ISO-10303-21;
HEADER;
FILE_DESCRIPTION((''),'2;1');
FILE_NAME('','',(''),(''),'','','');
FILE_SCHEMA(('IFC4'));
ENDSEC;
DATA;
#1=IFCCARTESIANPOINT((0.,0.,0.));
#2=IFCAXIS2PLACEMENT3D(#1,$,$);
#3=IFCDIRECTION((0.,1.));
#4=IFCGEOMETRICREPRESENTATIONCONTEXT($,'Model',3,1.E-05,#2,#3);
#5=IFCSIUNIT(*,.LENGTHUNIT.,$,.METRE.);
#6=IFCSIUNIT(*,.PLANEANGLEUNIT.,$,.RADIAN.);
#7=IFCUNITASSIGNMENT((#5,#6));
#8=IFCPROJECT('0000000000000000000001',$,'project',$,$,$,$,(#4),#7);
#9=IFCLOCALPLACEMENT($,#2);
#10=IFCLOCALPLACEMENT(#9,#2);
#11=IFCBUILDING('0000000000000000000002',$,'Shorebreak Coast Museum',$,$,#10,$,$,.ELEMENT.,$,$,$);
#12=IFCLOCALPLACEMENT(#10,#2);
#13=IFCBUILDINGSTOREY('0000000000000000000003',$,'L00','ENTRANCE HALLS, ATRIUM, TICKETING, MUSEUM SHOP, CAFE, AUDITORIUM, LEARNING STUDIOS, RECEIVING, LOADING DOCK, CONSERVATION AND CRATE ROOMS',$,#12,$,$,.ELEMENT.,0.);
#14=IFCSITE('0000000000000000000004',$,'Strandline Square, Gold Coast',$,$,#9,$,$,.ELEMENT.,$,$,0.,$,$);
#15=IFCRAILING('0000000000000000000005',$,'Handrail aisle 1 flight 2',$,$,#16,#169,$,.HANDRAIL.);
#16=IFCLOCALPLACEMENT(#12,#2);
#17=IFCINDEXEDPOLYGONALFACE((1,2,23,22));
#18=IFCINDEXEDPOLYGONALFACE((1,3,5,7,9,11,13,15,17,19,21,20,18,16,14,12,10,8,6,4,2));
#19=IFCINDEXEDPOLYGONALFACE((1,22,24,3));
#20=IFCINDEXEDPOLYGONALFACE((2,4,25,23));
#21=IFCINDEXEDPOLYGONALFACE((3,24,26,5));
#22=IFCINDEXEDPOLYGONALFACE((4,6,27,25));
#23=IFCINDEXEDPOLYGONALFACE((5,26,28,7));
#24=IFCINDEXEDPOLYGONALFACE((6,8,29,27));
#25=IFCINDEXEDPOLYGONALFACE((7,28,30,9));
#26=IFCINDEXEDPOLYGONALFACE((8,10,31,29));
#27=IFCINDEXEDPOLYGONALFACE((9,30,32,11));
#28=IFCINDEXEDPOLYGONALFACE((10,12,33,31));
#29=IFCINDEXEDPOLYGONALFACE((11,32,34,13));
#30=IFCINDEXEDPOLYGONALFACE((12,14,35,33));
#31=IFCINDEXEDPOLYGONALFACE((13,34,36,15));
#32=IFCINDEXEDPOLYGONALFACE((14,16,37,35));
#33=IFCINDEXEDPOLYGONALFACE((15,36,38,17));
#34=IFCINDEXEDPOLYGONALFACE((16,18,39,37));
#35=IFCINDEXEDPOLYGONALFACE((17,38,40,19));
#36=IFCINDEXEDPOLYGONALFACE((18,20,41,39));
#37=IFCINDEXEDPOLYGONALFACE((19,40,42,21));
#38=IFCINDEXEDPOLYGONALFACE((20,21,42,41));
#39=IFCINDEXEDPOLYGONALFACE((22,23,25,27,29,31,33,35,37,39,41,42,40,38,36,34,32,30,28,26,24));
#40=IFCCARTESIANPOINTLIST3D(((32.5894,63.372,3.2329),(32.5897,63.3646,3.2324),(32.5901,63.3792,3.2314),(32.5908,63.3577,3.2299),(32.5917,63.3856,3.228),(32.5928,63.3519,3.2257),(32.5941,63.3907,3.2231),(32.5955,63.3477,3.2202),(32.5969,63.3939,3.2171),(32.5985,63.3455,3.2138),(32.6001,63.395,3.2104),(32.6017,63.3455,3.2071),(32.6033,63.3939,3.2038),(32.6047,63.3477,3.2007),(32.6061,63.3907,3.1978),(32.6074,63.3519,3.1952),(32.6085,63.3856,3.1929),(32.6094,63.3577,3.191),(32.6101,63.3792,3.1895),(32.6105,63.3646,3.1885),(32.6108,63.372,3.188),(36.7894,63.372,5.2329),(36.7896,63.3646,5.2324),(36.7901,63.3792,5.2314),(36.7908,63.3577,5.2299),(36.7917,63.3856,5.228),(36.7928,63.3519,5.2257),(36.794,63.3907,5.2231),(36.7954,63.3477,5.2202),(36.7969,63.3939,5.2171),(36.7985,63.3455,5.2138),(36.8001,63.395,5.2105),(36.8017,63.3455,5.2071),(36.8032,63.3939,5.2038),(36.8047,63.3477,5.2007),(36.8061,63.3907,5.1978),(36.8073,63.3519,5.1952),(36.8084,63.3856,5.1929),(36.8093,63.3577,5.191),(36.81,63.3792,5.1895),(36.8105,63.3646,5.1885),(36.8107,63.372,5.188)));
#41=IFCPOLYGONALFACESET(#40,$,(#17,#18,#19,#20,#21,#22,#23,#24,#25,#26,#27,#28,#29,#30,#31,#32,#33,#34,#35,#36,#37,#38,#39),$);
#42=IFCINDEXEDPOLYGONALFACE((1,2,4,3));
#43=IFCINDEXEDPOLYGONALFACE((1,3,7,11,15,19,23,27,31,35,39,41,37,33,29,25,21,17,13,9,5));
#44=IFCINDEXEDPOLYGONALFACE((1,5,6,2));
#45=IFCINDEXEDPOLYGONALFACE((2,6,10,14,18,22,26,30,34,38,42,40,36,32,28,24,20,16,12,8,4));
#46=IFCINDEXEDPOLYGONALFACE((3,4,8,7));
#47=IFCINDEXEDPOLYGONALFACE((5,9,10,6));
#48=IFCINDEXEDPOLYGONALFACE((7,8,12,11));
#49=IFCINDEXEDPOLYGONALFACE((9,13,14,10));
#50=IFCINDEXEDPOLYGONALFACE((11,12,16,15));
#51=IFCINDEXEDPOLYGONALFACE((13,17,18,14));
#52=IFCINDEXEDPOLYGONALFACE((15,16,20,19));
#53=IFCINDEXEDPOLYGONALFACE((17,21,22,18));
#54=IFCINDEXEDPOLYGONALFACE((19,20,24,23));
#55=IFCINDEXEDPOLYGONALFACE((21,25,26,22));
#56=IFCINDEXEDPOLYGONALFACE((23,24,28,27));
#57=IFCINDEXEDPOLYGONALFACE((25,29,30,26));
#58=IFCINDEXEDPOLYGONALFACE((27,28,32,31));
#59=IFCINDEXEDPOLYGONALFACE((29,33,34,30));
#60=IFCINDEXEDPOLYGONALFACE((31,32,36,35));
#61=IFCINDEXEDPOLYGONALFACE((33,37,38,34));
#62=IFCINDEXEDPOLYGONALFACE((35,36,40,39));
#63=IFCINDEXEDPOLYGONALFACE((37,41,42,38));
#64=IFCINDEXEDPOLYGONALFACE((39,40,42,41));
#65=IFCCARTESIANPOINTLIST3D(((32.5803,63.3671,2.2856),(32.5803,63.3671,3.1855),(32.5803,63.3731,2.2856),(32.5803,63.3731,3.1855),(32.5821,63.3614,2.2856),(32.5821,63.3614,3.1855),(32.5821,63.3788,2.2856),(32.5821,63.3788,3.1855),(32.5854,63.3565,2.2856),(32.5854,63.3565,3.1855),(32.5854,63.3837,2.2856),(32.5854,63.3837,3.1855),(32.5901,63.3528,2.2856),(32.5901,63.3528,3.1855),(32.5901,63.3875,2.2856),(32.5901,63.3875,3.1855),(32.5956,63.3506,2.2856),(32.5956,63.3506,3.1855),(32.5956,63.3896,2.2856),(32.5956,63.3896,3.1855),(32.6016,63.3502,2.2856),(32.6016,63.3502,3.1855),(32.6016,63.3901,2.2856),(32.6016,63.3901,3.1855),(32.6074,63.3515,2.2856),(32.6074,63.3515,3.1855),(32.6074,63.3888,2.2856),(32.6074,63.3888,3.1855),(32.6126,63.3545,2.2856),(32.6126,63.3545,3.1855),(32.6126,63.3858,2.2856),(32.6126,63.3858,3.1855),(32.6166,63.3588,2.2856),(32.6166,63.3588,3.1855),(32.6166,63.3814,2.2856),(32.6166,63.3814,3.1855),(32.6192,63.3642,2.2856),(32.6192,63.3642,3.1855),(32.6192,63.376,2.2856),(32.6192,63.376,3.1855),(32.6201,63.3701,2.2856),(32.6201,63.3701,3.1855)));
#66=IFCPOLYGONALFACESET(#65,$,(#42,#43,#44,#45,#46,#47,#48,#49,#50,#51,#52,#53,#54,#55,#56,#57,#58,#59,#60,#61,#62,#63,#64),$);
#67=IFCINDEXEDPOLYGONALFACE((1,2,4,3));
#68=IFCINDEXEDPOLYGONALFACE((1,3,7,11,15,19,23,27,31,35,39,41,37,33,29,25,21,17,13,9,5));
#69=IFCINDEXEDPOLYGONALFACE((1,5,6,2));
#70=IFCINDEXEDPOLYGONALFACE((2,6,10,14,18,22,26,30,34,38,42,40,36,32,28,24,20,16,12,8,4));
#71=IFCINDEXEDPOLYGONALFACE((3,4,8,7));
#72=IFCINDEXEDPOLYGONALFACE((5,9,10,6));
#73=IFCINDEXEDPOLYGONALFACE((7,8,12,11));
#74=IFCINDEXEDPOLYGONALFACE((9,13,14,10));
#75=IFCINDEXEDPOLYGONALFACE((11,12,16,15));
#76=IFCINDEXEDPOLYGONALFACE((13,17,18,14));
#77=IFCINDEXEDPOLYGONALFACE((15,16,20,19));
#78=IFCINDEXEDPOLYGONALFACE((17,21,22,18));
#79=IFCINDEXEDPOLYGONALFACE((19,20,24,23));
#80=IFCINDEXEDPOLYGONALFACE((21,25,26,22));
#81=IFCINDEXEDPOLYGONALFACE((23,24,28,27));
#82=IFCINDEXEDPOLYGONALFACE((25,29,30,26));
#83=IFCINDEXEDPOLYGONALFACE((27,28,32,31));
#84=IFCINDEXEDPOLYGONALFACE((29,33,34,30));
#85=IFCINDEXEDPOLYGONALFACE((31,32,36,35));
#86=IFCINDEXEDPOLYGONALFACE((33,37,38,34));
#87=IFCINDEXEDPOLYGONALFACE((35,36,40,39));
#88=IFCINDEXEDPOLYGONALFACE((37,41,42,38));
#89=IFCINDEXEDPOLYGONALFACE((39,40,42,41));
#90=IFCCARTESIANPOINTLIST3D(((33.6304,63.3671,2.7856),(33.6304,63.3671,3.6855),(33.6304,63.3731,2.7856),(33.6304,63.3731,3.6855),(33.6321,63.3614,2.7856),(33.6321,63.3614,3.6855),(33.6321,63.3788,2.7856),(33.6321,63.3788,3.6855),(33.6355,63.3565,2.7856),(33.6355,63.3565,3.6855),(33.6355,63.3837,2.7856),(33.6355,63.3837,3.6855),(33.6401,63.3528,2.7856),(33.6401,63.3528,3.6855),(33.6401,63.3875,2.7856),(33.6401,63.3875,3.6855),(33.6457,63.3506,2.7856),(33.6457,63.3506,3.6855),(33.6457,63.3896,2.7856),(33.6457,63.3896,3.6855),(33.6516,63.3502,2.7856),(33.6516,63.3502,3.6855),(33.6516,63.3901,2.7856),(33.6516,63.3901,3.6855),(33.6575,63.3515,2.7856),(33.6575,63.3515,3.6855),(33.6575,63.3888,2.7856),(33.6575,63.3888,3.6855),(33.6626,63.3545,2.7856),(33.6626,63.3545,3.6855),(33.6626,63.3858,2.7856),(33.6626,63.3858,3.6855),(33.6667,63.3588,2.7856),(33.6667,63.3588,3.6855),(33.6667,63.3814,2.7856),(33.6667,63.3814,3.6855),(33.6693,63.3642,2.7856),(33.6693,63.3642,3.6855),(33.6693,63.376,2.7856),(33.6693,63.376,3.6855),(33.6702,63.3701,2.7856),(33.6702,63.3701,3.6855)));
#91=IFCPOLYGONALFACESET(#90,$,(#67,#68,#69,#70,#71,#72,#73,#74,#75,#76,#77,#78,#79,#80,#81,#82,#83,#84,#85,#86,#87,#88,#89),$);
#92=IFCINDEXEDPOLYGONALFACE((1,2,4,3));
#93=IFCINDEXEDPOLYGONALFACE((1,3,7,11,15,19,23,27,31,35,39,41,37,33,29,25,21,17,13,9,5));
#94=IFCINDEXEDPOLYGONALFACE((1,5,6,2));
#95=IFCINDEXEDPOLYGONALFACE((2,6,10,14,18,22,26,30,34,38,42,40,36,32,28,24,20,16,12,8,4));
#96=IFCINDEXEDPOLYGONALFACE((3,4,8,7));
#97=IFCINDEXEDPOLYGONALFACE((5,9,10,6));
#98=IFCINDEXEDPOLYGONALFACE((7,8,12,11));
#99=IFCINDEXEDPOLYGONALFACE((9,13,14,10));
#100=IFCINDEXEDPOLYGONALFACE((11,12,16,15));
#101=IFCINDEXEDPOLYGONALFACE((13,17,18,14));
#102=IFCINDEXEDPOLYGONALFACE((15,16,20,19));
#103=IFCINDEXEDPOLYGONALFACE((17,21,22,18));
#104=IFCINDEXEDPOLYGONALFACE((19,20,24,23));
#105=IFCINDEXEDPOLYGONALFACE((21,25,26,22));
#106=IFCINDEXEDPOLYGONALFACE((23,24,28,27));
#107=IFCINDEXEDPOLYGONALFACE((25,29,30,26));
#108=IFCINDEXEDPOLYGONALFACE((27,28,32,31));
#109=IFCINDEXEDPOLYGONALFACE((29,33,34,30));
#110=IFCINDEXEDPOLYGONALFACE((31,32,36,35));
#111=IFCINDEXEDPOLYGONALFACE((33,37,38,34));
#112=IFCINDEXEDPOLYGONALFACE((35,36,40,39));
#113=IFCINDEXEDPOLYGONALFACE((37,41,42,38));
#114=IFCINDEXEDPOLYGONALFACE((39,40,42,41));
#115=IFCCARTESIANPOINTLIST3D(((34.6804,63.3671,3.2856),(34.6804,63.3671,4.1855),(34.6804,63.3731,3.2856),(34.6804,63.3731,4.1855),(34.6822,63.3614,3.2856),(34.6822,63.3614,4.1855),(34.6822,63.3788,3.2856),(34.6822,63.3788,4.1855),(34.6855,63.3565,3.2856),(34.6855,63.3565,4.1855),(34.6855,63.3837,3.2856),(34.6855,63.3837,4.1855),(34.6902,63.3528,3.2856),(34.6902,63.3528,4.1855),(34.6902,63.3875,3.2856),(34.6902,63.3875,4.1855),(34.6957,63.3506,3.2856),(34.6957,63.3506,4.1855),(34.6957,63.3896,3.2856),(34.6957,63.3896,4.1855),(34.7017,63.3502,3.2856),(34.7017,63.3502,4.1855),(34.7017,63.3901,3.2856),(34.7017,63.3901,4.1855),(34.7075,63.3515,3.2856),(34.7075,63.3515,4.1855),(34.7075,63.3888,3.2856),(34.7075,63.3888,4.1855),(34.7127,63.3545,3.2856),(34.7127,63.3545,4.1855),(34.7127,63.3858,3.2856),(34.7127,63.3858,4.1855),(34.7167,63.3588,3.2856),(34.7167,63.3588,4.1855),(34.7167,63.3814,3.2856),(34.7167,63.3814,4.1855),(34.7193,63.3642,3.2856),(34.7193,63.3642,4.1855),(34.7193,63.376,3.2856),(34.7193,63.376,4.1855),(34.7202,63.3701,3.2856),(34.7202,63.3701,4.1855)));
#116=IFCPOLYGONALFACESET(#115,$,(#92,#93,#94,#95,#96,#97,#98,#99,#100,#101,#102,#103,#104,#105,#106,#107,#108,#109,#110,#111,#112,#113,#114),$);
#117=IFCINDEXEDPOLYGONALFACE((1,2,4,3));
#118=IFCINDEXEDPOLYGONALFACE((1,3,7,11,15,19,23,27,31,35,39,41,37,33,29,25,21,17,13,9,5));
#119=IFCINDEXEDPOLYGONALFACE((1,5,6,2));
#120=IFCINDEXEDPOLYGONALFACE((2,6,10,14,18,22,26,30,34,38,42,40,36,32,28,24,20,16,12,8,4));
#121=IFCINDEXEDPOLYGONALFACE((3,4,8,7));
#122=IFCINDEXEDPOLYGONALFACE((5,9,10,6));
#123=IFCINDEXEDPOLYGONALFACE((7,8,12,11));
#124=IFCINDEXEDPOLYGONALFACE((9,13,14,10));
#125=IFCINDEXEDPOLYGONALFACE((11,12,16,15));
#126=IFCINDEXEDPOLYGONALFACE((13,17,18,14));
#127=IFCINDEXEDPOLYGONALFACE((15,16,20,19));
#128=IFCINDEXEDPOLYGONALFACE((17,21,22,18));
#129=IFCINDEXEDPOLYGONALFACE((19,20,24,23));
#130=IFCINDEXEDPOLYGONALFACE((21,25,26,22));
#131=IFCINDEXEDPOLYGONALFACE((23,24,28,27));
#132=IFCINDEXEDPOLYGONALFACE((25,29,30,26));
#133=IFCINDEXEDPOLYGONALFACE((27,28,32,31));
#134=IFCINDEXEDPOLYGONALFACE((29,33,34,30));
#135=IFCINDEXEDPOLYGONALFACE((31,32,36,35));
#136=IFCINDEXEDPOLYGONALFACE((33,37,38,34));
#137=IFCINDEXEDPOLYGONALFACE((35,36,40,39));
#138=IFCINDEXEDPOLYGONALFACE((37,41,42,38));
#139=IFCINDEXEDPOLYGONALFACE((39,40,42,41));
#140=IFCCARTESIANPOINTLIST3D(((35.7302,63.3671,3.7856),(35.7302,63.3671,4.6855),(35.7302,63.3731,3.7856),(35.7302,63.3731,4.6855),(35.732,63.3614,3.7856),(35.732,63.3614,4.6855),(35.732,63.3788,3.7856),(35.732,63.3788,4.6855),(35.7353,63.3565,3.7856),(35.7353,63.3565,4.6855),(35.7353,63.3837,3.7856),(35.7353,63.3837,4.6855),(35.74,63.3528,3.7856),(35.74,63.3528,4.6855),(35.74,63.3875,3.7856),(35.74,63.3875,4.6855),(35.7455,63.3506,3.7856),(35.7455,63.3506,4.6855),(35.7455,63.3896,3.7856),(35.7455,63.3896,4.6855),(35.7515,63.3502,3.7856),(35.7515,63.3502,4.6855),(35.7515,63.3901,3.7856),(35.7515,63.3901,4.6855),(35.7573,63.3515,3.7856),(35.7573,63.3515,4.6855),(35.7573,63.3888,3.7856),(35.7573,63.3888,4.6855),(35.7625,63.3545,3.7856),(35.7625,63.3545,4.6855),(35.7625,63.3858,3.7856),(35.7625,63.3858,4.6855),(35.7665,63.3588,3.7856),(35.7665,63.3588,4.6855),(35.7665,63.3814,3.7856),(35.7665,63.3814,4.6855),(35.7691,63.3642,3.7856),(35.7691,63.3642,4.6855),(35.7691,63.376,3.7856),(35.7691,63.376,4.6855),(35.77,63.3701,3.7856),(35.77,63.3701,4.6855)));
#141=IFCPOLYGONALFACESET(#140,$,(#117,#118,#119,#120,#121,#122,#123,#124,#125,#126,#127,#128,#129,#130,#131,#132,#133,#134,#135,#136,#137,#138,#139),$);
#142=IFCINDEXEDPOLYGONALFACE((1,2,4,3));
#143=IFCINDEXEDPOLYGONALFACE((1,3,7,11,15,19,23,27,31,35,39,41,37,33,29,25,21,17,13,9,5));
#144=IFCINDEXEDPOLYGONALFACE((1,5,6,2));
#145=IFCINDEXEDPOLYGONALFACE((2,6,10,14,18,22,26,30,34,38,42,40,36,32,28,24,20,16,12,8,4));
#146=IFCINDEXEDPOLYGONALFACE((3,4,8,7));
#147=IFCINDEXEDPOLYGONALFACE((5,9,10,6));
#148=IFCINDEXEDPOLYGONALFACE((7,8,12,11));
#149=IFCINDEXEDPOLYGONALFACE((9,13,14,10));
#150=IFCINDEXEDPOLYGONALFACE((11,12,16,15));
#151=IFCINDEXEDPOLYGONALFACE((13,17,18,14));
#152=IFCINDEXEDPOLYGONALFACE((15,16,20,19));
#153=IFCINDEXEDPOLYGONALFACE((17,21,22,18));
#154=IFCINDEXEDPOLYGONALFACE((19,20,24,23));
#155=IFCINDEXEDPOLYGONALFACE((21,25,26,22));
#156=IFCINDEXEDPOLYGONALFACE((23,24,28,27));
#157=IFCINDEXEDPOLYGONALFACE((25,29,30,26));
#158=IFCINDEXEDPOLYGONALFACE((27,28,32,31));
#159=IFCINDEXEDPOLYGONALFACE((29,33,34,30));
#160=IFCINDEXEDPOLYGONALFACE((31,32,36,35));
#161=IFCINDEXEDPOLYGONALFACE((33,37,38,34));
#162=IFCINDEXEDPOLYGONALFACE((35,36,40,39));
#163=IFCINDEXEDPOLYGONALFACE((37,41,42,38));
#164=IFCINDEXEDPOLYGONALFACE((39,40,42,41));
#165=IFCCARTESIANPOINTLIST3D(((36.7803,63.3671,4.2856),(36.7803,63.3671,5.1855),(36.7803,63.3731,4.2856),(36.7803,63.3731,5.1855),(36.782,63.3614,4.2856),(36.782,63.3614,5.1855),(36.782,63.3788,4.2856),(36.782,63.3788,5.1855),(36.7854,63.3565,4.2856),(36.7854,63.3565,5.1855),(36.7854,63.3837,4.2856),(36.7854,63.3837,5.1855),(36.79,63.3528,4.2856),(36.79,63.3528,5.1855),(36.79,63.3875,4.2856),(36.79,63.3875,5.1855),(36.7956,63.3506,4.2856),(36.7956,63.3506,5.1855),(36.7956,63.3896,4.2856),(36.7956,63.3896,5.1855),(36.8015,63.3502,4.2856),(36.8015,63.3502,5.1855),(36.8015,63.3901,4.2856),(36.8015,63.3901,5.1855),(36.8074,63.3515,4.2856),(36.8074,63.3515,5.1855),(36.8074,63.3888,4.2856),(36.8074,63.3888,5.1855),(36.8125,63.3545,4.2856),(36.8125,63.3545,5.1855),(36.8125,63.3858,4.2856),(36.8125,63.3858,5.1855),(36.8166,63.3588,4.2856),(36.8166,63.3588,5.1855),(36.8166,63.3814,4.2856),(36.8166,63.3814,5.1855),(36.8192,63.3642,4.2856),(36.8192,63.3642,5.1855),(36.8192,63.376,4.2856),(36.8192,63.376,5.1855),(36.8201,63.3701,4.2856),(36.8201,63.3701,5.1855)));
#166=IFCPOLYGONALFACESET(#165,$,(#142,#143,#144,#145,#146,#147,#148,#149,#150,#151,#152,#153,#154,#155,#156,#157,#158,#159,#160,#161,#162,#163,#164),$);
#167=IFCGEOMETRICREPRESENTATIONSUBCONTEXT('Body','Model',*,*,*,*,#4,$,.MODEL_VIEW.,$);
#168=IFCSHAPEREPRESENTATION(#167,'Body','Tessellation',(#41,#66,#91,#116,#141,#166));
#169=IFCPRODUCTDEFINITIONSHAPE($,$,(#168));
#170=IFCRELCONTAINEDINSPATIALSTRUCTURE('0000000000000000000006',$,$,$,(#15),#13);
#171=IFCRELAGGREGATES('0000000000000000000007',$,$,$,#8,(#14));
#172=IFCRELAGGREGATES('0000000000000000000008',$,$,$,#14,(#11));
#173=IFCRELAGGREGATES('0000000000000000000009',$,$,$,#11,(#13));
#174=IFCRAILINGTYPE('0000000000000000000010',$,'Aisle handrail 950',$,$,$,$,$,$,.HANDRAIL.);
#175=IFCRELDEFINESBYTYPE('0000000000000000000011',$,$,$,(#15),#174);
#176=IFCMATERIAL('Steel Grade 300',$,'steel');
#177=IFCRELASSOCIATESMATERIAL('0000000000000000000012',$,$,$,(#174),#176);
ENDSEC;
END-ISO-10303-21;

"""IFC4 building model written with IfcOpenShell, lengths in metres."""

from ifc_helpers import new_model, si_unit, direction, frame, origin, origin_2d, place, context, subcontext, project, spatial, circle, extrude, material, type_object, element, save


model = new_model("IFC4")

# Units and contexts
model_context = context("Model", 3, precision=1e-05, world=origin(), true_north=direction((0.0, 1.0)))
body_context = subcontext(model_context, "Body", "Model", "MODEL_VIEW")
ifc_project = project(units=[si_unit("LENGTHUNIT", "METRE"), si_unit("PLANEANGLEUNIT", "RADIAN")], contexts=[model_context])

# Site, building, storey
site_placement = place(None, origin())
site = spatial("IfcSite", under=ifc_project, at=site_placement, Name="Strandline Square, Gold Coast", CompositionType="ELEMENT", RefElevation=0.0)
building_placement = place(site_placement, origin())
building = spatial("IfcBuilding", under=site, at=building_placement, Name="Shorebreak Coast Museum", CompositionType="ELEMENT")
storey_placement = place(building_placement, origin())
storey = spatial("IfcBuildingStorey", under=building, at=storey_placement, Name="L00", Description="ENTRANCE HALLS, ATRIUM, TICKETING, MUSEUM SHOP, CAFE, AUDITORIUM, LEARNING STUDIOS, RECEIVING, LOADING DOCK, CONSERVATION AND CRATE ROOMS", CompositionType="ELEMENT", Elevation=0.0)

# Railing
ifc_material_1 = material(Name="Steel Grade 300", Category="steel")
railing_type = type_object("IfcRailingType", Name="Aisle handrail 950", PredefinedType="HANDRAIL", material=ifc_material_1)
railing_placement = place(storey_placement, frame((32.6001, 63.3701, 2.2856)))
element("IfcRailing", 1, at=railing_placement, inside=storey, type_object=railing_type, Name="Handrail aisle 1 flight 2", PredefinedType="HANDRAIL", context=body_context, shape_type="SweptSolid", body=[
    extrude(circle(Radius=0.0249, at=origin_2d()), frame((0.0, 0.0, 0.9248), z_axis=(0.902859, 0.0, 0.429938), x_axis=(0.0, 1.0, 0.0)), (0.0, 0.0, 1.0), 4.6519),
    extrude(circle(Radius=0.02, at=origin_2d()), origin(), (0.0, 0.0, 1.0), 0.8999),
    extrude(circle(Radius=0.02, at=origin_2d()), frame((1.05, 0.0, 0.5)), (0.0, 0.0, 1.0), 0.8999),
    extrude(circle(Radius=0.02, at=origin_2d()), frame((2.1001, 0.0, 1.0)), (0.0, 0.0, 1.0), 0.8999),
    extrude(circle(Radius=0.02, at=origin_2d()), frame((3.1499, 0.0, 1.5)), (0.0, 0.0, 1.0), 0.8999),
    extrude(circle(Radius=0.02, at=origin_2d()), frame((4.2, 0.0, 2.0)), (0.0, 0.0, 1.0), 0.8999),
])

save(model, "model.ifc")
